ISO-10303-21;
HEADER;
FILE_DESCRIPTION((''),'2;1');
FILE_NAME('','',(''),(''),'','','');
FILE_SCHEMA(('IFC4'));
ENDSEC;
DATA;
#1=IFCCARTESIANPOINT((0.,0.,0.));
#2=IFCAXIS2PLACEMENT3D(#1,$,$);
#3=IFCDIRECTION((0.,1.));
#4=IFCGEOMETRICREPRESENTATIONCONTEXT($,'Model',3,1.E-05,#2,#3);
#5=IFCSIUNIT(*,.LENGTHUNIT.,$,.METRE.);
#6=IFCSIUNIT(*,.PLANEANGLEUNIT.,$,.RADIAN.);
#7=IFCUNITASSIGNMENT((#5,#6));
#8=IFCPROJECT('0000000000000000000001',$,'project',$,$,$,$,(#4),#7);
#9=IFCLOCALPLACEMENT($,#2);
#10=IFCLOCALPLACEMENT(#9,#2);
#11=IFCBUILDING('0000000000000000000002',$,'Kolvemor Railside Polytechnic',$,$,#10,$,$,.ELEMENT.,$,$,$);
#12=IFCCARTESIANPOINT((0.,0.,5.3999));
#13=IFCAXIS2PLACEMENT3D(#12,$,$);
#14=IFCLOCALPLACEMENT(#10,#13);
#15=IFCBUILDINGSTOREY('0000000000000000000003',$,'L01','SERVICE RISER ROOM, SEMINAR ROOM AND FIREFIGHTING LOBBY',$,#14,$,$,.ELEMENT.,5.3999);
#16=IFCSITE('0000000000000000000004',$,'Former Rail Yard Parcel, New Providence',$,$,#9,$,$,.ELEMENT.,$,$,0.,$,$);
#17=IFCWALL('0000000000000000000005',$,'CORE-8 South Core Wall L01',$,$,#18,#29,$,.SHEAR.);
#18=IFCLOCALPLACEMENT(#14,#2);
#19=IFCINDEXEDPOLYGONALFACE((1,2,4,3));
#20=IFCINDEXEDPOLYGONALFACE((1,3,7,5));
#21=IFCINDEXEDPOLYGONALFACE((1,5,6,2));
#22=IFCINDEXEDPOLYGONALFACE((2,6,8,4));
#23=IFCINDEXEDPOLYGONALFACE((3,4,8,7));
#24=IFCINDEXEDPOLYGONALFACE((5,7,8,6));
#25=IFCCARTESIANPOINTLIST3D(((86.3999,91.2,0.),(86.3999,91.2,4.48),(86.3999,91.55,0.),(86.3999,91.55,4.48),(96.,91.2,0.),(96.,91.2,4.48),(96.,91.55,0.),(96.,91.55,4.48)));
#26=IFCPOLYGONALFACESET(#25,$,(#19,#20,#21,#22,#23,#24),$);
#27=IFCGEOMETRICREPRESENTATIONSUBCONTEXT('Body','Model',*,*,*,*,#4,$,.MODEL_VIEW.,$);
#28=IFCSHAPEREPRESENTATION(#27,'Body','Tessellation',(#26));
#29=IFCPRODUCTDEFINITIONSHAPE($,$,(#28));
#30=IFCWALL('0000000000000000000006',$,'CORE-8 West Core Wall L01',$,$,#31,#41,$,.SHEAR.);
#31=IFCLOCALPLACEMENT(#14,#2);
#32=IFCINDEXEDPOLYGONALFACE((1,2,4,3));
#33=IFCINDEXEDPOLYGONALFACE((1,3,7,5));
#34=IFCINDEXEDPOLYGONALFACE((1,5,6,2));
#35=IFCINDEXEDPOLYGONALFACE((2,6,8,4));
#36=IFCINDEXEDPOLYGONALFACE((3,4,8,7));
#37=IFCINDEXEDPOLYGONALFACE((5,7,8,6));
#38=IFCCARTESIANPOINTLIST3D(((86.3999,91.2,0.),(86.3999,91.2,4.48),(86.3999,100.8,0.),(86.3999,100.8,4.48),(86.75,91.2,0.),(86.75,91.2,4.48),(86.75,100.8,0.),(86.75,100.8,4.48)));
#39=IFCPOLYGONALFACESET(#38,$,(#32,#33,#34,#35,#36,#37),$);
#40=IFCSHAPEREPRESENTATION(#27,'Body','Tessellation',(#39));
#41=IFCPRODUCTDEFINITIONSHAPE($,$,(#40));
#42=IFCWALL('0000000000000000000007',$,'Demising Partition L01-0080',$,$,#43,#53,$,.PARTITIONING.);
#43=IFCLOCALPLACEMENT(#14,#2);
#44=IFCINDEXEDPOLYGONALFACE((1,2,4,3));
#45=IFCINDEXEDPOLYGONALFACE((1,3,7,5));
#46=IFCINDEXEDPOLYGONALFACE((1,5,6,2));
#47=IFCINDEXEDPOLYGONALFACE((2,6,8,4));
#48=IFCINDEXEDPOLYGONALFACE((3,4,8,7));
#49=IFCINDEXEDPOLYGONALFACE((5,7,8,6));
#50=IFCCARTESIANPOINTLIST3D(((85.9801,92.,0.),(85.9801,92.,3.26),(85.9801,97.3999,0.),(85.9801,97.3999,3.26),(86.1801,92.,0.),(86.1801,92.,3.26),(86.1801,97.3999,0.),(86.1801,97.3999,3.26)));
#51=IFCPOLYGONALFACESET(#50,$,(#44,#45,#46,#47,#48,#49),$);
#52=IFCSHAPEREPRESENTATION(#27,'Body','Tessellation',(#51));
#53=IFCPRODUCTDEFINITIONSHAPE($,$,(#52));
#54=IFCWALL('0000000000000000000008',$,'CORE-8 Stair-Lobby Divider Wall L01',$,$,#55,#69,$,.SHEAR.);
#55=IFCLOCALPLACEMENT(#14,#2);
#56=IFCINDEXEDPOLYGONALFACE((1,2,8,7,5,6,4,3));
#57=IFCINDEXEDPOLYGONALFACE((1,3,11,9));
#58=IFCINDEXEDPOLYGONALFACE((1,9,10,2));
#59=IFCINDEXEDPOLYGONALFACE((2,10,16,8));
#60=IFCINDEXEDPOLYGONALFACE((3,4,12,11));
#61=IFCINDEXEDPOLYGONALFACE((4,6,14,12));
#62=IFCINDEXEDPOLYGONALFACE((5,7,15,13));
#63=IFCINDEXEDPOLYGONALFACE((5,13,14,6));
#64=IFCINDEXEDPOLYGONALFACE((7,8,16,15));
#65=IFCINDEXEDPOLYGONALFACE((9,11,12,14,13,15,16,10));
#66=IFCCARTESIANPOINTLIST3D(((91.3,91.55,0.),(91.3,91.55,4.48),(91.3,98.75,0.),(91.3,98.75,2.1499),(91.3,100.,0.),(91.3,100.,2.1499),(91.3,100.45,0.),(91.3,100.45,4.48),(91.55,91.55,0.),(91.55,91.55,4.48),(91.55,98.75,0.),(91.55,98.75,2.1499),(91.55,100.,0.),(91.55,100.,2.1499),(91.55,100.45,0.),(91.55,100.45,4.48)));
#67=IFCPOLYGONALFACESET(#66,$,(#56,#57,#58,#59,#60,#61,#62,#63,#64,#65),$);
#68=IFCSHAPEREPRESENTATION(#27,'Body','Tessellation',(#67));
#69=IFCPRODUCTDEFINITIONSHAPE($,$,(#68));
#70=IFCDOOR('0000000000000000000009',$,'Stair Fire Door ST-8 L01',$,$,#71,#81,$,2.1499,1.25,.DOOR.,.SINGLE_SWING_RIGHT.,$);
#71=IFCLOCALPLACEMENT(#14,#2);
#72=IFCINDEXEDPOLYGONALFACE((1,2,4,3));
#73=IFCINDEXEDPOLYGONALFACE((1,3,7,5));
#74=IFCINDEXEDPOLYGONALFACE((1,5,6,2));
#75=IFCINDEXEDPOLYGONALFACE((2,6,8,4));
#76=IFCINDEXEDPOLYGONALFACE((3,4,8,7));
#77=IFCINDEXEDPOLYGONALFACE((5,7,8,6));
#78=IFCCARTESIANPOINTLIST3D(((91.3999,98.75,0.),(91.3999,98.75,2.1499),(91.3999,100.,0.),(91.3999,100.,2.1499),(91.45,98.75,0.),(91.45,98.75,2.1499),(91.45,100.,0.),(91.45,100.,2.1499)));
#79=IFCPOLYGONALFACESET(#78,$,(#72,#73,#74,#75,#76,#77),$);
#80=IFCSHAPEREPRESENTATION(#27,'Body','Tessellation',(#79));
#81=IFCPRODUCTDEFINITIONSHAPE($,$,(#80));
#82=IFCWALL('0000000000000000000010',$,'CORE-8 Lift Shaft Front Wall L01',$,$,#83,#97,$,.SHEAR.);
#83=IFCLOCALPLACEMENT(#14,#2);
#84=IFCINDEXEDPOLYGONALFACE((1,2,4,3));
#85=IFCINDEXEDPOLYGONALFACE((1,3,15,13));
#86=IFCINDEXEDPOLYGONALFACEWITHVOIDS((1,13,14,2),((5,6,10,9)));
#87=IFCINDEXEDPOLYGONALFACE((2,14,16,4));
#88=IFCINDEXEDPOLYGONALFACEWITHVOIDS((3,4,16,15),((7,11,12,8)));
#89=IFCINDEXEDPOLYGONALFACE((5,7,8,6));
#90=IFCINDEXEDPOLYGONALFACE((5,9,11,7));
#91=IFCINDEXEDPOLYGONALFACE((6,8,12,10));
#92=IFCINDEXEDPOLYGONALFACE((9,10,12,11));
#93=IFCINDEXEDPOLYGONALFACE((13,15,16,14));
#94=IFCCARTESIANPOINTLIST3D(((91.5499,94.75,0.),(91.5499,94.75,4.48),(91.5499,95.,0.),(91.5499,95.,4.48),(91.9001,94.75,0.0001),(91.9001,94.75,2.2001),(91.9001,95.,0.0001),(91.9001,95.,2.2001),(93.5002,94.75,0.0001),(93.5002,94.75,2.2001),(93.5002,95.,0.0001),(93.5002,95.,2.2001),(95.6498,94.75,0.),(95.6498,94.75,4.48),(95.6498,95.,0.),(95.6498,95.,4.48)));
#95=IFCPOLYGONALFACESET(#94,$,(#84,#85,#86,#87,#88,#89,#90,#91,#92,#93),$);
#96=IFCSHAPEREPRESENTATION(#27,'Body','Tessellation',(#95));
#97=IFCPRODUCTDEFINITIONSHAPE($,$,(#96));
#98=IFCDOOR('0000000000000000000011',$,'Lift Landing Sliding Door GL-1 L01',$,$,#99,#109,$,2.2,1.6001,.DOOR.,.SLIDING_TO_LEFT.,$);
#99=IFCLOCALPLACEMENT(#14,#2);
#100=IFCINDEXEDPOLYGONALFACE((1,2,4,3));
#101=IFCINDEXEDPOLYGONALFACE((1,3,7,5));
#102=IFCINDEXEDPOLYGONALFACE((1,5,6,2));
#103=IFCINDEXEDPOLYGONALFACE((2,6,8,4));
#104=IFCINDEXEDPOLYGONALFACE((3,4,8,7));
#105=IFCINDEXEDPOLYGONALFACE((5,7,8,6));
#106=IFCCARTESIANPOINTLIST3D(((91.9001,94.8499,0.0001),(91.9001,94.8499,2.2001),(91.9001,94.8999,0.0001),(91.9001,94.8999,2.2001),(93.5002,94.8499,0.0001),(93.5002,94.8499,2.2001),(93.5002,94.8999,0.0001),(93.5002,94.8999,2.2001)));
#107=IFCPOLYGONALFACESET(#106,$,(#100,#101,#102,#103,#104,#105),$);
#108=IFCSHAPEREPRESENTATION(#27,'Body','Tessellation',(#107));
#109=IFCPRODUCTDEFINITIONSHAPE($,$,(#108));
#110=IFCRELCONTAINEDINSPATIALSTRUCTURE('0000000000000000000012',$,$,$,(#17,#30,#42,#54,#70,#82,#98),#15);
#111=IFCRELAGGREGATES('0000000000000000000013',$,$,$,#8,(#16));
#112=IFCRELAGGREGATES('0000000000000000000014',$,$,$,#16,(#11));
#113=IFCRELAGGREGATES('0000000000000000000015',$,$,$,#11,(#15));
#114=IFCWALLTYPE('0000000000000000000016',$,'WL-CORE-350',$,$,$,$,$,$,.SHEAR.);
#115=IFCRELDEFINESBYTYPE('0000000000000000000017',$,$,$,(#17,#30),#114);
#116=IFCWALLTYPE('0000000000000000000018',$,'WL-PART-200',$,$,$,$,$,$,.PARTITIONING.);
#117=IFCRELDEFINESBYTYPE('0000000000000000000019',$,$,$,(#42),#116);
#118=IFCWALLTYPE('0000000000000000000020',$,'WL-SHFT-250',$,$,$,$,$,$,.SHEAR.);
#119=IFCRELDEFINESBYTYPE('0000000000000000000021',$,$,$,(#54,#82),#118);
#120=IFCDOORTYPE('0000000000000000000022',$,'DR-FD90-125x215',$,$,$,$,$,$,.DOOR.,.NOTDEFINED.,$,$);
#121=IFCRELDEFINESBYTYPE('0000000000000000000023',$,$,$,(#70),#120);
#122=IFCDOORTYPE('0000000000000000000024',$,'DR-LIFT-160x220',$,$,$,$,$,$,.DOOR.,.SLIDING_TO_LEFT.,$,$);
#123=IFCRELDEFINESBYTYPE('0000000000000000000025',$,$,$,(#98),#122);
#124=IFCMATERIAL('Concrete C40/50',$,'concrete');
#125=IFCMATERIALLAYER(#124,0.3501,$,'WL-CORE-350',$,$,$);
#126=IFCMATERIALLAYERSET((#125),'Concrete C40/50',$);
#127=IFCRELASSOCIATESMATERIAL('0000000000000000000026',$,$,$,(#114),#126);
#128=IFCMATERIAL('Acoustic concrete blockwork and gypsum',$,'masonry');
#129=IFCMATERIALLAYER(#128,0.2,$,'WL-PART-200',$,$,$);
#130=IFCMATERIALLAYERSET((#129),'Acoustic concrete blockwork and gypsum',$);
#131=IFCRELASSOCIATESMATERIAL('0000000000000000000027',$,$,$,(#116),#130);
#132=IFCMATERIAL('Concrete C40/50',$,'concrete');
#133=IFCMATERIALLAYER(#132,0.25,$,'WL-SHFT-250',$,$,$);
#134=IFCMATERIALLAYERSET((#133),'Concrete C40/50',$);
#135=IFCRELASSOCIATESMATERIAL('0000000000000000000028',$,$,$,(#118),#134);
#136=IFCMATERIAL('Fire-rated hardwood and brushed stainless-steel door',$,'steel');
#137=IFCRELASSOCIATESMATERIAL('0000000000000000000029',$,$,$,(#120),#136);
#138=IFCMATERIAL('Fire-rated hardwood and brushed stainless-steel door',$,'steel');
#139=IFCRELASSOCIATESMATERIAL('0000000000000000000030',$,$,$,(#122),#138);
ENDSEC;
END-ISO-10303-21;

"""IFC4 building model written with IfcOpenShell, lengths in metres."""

from ifc_helpers import new_model, si_unit, direction, frame, frame_2d, origin, place, context, subcontext, project, spatial, rectangle, extrude, material, layer, layer_set, type_object, element, fill, save


model = new_model("IFC4")

# Units and contexts
model_context = context("Model", 3, precision=1e-05, world=origin(), true_north=direction((0.0, 1.0)))
body_context = subcontext(model_context, "Body", "Model", "MODEL_VIEW")
ifc_project = project(units=[si_unit("LENGTHUNIT", "METRE"), si_unit("PLANEANGLEUNIT", "RADIAN")], contexts=[model_context])

# Site, building, storey
site_placement = place(None, origin())
site = spatial("IfcSite", under=ifc_project, at=site_placement, Name="Former Rail Yard Parcel, New Providence", CompositionType="ELEMENT", RefElevation=0.0)
building_placement = place(site_placement, origin())
building = spatial("IfcBuilding", under=site, at=building_placement, Name="Kolvemor Railside Polytechnic", CompositionType="ELEMENT")
storey_placement = place(building_placement, frame((0.0, 0.0, 5.3999)))
storey = spatial("IfcBuildingStorey", under=building, at=storey_placement, Name="L01", Description="SERVICE RISER ROOM, SEMINAR ROOM AND FIREFIGHTING LOBBY", CompositionType="ELEMENT", Elevation=5.3999)

# Walls
ifc_material_1 = material(Name="Concrete C40/50", Category="concrete")
ifc_layer_1 = layer(ifc_material_1, 0.3501, Name="WL-CORE-350")
ifc_layer_set_1 = layer_set([ifc_layer_1], Name="Concrete C40/50")
wall_type_1 = type_object("IfcWallType", Name="WL-CORE-350", PredefinedType="SHEAR", material=ifc_layer_set_1)
for number, where, z_axis, x_axis, name in (
    (1, (86.3999, 91.375, 0.0), (0.0, 0.0, 1.0), (1.0, 0.0, 0.0), "CORE-8 South Core Wall L01"),
    (2, (86.575, 91.2, 0.0), (0.0, 0.0, 1.0), (0.0, 1.0, 0.0), "CORE-8 West Core Wall L01"),
):
    element("IfcWall", number, at=place(storey_placement, frame(where, z_axis=z_axis, x_axis=x_axis)), inside=storey, type_object=wall_type_1, Name=name, PredefinedType="SHEAR", context=body_context, shape_type="SweptSolid", body=[
        extrude(rectangle(XDim=9.6001, YDim=0.3501, at=frame_2d((4.8, 0.0))), origin(), (0.0, 0.0, 1.0), 4.48),
    ])
ifc_material_2 = material(Name="Acoustic concrete blockwork and gypsum", Category="masonry")
ifc_layer_2 = layer(ifc_material_2, 0.2, Name="WL-PART-200")
ifc_layer_set_2 = layer_set([ifc_layer_2], Name="Acoustic concrete blockwork and gypsum")
wall_type_2 = type_object("IfcWallType", Name="WL-PART-200", PredefinedType="PARTITIONING", material=ifc_layer_set_2)
wall_1_placement = place(storey_placement, frame((86.0801, 92.0, 0.0), z_axis=(0.0, 0.0, 1.0), x_axis=(0.0, 1.0, 0.0)))
element("IfcWall", 3, at=wall_1_placement, inside=storey, type_object=wall_type_2, Name="Demising Partition L01-0080", PredefinedType="PARTITIONING", context=body_context, shape_type="SweptSolid", body=[
    extrude(rectangle(XDim=5.3999, YDim=0.2, at=frame_2d((2.7, 0.0))), origin(), (0.0, 0.0, 1.0), 3.26),
])

# Walls, openings, doors
ifc_material_3 = material(Name="Concrete C40/50", Category="concrete")
ifc_layer_3 = layer(ifc_material_3, 0.25, Name="WL-SHFT-250")
ifc_layer_set_3 = layer_set([ifc_layer_3], Name="Concrete C40/50")
wall_type_3 = type_object("IfcWallType", Name="WL-SHFT-250", PredefinedType="SHEAR", material=ifc_layer_set_3)
wall_2_placement = place(storey_placement, frame((91.425, 100.45, 0.0), z_axis=(0.0, 0.0, 1.0), x_axis=(0.0, -1.0, 0.0)))
wall_2 = element("IfcWall", 4, at=wall_2_placement, inside=storey, type_object=wall_type_3, Name="CORE-8 Stair-Lobby Divider Wall L01", PredefinedType="SHEAR", context=body_context, shape_type="SweptSolid", body=[
    extrude(rectangle(XDim=8.8999, YDim=0.25, at=frame_2d((4.45, 0.0))), origin(), (0.0, 0.0, 1.0), 4.48),
])
opening_1_placement = place(wall_2_placement, frame((0.45, 0.0, 0.0)))
opening_1 = element("IfcOpeningElement", 5, at=opening_1_placement, cuts=wall_2, PredefinedType="OPENING", context=body_context, shape_type="SweptSolid", body=[
    extrude(rectangle(XDim=1.25, YDim=2.1499, at=frame_2d((0.625, 1.075))), frame((0.0, 0.135, 0.0), z_axis=(0.0, -1.0, 0.0), x_axis=(1.0, 0.0, 0.0)), (0.0, 0.0, 1.0), 0.27),
])
ifc_material_4 = material(Name="Fire-rated hardwood and brushed stainless-steel door", Category="steel")
door_type_1 = type_object("IfcDoorType", Name="DR-FD90-125x215", OperationType="NOTDEFINED", PredefinedType="DOOR", material=ifc_material_4)
door_1_placement = place(opening_1_placement, origin())
door_1 = element("IfcDoor", 6, at=door_1_placement, inside=storey, type_object=door_type_1, Name="Stair Fire Door ST-8 L01", OperationType="SINGLE_SWING_RIGHT", OverallHeight=2.1499, OverallWidth=1.25, PredefinedType="DOOR", context=body_context, shape_type="SweptSolid", body=[
    extrude(rectangle(XDim=1.25, YDim=2.1499, at=frame_2d((0.625, 1.075))), frame((0.0, 0.0249, 0.0), z_axis=(0.0, -1.0, 0.0), x_axis=(1.0, 0.0, 0.0)), (0.0, 0.0, 1.0), 0.05),
])
fill(opening_1, door_1)
wall_3_placement = place(storey_placement, frame((91.55, 94.875, 0.0), z_axis=(0.0, 0.0, 1.0), x_axis=(1.0, 0.0, 0.0)))
wall_3 = element("IfcWall", 7, at=wall_3_placement, inside=storey, type_object=wall_type_3, Name="CORE-8 Lift Shaft Front Wall L01", PredefinedType="SHEAR", context=body_context, shape_type="SweptSolid", body=[
    extrude(rectangle(XDim=4.0999, YDim=0.25, at=frame_2d((2.0498, 0.0))), origin(), (0.0, 0.0, 1.0), 4.48),
])
opening_2_placement = place(wall_3_placement, frame((0.3501, 0.0, 0.0)))
opening_2 = element("IfcOpeningElement", 8, at=opening_2_placement, cuts=wall_3, PredefinedType="OPENING", context=body_context, shape_type="SweptSolid", body=[
    extrude(rectangle(XDim=1.6001, YDim=2.2, at=frame_2d((0.8, 1.1001))), frame((0.0, 0.135, 0.0), z_axis=(0.0, -1.0, 0.0), x_axis=(1.0, 0.0, 0.0)), (0.0, 0.0, 1.0), 0.27),
])
ifc_material_5 = material(Name="Fire-rated hardwood and brushed stainless-steel door", Category="steel")
door_type_2 = type_object("IfcDoorType", Name="DR-LIFT-160x220", OperationType="SLIDING_TO_LEFT", PredefinedType="DOOR", material=ifc_material_5)
door_2_placement = place(opening_2_placement, origin())
door_2 = element("IfcDoor", 9, at=door_2_placement, inside=storey, type_object=door_type_2, Name="Lift Landing Sliding Door GL-1 L01", OperationType="SLIDING_TO_LEFT", OverallHeight=2.2, OverallWidth=1.6001, PredefinedType="DOOR", context=body_context, shape_type="SweptSolid", body=[
    extrude(rectangle(XDim=1.6001, YDim=2.2, at=frame_2d((0.8, 1.1001))), frame((0.0, 0.0249, 0.0), z_axis=(0.0, -1.0, 0.0), x_axis=(1.0, 0.0, 0.0)), (0.0, 0.0, 1.0), 0.05),
])
fill(opening_2, door_2)

save(model, "model.ifc")
